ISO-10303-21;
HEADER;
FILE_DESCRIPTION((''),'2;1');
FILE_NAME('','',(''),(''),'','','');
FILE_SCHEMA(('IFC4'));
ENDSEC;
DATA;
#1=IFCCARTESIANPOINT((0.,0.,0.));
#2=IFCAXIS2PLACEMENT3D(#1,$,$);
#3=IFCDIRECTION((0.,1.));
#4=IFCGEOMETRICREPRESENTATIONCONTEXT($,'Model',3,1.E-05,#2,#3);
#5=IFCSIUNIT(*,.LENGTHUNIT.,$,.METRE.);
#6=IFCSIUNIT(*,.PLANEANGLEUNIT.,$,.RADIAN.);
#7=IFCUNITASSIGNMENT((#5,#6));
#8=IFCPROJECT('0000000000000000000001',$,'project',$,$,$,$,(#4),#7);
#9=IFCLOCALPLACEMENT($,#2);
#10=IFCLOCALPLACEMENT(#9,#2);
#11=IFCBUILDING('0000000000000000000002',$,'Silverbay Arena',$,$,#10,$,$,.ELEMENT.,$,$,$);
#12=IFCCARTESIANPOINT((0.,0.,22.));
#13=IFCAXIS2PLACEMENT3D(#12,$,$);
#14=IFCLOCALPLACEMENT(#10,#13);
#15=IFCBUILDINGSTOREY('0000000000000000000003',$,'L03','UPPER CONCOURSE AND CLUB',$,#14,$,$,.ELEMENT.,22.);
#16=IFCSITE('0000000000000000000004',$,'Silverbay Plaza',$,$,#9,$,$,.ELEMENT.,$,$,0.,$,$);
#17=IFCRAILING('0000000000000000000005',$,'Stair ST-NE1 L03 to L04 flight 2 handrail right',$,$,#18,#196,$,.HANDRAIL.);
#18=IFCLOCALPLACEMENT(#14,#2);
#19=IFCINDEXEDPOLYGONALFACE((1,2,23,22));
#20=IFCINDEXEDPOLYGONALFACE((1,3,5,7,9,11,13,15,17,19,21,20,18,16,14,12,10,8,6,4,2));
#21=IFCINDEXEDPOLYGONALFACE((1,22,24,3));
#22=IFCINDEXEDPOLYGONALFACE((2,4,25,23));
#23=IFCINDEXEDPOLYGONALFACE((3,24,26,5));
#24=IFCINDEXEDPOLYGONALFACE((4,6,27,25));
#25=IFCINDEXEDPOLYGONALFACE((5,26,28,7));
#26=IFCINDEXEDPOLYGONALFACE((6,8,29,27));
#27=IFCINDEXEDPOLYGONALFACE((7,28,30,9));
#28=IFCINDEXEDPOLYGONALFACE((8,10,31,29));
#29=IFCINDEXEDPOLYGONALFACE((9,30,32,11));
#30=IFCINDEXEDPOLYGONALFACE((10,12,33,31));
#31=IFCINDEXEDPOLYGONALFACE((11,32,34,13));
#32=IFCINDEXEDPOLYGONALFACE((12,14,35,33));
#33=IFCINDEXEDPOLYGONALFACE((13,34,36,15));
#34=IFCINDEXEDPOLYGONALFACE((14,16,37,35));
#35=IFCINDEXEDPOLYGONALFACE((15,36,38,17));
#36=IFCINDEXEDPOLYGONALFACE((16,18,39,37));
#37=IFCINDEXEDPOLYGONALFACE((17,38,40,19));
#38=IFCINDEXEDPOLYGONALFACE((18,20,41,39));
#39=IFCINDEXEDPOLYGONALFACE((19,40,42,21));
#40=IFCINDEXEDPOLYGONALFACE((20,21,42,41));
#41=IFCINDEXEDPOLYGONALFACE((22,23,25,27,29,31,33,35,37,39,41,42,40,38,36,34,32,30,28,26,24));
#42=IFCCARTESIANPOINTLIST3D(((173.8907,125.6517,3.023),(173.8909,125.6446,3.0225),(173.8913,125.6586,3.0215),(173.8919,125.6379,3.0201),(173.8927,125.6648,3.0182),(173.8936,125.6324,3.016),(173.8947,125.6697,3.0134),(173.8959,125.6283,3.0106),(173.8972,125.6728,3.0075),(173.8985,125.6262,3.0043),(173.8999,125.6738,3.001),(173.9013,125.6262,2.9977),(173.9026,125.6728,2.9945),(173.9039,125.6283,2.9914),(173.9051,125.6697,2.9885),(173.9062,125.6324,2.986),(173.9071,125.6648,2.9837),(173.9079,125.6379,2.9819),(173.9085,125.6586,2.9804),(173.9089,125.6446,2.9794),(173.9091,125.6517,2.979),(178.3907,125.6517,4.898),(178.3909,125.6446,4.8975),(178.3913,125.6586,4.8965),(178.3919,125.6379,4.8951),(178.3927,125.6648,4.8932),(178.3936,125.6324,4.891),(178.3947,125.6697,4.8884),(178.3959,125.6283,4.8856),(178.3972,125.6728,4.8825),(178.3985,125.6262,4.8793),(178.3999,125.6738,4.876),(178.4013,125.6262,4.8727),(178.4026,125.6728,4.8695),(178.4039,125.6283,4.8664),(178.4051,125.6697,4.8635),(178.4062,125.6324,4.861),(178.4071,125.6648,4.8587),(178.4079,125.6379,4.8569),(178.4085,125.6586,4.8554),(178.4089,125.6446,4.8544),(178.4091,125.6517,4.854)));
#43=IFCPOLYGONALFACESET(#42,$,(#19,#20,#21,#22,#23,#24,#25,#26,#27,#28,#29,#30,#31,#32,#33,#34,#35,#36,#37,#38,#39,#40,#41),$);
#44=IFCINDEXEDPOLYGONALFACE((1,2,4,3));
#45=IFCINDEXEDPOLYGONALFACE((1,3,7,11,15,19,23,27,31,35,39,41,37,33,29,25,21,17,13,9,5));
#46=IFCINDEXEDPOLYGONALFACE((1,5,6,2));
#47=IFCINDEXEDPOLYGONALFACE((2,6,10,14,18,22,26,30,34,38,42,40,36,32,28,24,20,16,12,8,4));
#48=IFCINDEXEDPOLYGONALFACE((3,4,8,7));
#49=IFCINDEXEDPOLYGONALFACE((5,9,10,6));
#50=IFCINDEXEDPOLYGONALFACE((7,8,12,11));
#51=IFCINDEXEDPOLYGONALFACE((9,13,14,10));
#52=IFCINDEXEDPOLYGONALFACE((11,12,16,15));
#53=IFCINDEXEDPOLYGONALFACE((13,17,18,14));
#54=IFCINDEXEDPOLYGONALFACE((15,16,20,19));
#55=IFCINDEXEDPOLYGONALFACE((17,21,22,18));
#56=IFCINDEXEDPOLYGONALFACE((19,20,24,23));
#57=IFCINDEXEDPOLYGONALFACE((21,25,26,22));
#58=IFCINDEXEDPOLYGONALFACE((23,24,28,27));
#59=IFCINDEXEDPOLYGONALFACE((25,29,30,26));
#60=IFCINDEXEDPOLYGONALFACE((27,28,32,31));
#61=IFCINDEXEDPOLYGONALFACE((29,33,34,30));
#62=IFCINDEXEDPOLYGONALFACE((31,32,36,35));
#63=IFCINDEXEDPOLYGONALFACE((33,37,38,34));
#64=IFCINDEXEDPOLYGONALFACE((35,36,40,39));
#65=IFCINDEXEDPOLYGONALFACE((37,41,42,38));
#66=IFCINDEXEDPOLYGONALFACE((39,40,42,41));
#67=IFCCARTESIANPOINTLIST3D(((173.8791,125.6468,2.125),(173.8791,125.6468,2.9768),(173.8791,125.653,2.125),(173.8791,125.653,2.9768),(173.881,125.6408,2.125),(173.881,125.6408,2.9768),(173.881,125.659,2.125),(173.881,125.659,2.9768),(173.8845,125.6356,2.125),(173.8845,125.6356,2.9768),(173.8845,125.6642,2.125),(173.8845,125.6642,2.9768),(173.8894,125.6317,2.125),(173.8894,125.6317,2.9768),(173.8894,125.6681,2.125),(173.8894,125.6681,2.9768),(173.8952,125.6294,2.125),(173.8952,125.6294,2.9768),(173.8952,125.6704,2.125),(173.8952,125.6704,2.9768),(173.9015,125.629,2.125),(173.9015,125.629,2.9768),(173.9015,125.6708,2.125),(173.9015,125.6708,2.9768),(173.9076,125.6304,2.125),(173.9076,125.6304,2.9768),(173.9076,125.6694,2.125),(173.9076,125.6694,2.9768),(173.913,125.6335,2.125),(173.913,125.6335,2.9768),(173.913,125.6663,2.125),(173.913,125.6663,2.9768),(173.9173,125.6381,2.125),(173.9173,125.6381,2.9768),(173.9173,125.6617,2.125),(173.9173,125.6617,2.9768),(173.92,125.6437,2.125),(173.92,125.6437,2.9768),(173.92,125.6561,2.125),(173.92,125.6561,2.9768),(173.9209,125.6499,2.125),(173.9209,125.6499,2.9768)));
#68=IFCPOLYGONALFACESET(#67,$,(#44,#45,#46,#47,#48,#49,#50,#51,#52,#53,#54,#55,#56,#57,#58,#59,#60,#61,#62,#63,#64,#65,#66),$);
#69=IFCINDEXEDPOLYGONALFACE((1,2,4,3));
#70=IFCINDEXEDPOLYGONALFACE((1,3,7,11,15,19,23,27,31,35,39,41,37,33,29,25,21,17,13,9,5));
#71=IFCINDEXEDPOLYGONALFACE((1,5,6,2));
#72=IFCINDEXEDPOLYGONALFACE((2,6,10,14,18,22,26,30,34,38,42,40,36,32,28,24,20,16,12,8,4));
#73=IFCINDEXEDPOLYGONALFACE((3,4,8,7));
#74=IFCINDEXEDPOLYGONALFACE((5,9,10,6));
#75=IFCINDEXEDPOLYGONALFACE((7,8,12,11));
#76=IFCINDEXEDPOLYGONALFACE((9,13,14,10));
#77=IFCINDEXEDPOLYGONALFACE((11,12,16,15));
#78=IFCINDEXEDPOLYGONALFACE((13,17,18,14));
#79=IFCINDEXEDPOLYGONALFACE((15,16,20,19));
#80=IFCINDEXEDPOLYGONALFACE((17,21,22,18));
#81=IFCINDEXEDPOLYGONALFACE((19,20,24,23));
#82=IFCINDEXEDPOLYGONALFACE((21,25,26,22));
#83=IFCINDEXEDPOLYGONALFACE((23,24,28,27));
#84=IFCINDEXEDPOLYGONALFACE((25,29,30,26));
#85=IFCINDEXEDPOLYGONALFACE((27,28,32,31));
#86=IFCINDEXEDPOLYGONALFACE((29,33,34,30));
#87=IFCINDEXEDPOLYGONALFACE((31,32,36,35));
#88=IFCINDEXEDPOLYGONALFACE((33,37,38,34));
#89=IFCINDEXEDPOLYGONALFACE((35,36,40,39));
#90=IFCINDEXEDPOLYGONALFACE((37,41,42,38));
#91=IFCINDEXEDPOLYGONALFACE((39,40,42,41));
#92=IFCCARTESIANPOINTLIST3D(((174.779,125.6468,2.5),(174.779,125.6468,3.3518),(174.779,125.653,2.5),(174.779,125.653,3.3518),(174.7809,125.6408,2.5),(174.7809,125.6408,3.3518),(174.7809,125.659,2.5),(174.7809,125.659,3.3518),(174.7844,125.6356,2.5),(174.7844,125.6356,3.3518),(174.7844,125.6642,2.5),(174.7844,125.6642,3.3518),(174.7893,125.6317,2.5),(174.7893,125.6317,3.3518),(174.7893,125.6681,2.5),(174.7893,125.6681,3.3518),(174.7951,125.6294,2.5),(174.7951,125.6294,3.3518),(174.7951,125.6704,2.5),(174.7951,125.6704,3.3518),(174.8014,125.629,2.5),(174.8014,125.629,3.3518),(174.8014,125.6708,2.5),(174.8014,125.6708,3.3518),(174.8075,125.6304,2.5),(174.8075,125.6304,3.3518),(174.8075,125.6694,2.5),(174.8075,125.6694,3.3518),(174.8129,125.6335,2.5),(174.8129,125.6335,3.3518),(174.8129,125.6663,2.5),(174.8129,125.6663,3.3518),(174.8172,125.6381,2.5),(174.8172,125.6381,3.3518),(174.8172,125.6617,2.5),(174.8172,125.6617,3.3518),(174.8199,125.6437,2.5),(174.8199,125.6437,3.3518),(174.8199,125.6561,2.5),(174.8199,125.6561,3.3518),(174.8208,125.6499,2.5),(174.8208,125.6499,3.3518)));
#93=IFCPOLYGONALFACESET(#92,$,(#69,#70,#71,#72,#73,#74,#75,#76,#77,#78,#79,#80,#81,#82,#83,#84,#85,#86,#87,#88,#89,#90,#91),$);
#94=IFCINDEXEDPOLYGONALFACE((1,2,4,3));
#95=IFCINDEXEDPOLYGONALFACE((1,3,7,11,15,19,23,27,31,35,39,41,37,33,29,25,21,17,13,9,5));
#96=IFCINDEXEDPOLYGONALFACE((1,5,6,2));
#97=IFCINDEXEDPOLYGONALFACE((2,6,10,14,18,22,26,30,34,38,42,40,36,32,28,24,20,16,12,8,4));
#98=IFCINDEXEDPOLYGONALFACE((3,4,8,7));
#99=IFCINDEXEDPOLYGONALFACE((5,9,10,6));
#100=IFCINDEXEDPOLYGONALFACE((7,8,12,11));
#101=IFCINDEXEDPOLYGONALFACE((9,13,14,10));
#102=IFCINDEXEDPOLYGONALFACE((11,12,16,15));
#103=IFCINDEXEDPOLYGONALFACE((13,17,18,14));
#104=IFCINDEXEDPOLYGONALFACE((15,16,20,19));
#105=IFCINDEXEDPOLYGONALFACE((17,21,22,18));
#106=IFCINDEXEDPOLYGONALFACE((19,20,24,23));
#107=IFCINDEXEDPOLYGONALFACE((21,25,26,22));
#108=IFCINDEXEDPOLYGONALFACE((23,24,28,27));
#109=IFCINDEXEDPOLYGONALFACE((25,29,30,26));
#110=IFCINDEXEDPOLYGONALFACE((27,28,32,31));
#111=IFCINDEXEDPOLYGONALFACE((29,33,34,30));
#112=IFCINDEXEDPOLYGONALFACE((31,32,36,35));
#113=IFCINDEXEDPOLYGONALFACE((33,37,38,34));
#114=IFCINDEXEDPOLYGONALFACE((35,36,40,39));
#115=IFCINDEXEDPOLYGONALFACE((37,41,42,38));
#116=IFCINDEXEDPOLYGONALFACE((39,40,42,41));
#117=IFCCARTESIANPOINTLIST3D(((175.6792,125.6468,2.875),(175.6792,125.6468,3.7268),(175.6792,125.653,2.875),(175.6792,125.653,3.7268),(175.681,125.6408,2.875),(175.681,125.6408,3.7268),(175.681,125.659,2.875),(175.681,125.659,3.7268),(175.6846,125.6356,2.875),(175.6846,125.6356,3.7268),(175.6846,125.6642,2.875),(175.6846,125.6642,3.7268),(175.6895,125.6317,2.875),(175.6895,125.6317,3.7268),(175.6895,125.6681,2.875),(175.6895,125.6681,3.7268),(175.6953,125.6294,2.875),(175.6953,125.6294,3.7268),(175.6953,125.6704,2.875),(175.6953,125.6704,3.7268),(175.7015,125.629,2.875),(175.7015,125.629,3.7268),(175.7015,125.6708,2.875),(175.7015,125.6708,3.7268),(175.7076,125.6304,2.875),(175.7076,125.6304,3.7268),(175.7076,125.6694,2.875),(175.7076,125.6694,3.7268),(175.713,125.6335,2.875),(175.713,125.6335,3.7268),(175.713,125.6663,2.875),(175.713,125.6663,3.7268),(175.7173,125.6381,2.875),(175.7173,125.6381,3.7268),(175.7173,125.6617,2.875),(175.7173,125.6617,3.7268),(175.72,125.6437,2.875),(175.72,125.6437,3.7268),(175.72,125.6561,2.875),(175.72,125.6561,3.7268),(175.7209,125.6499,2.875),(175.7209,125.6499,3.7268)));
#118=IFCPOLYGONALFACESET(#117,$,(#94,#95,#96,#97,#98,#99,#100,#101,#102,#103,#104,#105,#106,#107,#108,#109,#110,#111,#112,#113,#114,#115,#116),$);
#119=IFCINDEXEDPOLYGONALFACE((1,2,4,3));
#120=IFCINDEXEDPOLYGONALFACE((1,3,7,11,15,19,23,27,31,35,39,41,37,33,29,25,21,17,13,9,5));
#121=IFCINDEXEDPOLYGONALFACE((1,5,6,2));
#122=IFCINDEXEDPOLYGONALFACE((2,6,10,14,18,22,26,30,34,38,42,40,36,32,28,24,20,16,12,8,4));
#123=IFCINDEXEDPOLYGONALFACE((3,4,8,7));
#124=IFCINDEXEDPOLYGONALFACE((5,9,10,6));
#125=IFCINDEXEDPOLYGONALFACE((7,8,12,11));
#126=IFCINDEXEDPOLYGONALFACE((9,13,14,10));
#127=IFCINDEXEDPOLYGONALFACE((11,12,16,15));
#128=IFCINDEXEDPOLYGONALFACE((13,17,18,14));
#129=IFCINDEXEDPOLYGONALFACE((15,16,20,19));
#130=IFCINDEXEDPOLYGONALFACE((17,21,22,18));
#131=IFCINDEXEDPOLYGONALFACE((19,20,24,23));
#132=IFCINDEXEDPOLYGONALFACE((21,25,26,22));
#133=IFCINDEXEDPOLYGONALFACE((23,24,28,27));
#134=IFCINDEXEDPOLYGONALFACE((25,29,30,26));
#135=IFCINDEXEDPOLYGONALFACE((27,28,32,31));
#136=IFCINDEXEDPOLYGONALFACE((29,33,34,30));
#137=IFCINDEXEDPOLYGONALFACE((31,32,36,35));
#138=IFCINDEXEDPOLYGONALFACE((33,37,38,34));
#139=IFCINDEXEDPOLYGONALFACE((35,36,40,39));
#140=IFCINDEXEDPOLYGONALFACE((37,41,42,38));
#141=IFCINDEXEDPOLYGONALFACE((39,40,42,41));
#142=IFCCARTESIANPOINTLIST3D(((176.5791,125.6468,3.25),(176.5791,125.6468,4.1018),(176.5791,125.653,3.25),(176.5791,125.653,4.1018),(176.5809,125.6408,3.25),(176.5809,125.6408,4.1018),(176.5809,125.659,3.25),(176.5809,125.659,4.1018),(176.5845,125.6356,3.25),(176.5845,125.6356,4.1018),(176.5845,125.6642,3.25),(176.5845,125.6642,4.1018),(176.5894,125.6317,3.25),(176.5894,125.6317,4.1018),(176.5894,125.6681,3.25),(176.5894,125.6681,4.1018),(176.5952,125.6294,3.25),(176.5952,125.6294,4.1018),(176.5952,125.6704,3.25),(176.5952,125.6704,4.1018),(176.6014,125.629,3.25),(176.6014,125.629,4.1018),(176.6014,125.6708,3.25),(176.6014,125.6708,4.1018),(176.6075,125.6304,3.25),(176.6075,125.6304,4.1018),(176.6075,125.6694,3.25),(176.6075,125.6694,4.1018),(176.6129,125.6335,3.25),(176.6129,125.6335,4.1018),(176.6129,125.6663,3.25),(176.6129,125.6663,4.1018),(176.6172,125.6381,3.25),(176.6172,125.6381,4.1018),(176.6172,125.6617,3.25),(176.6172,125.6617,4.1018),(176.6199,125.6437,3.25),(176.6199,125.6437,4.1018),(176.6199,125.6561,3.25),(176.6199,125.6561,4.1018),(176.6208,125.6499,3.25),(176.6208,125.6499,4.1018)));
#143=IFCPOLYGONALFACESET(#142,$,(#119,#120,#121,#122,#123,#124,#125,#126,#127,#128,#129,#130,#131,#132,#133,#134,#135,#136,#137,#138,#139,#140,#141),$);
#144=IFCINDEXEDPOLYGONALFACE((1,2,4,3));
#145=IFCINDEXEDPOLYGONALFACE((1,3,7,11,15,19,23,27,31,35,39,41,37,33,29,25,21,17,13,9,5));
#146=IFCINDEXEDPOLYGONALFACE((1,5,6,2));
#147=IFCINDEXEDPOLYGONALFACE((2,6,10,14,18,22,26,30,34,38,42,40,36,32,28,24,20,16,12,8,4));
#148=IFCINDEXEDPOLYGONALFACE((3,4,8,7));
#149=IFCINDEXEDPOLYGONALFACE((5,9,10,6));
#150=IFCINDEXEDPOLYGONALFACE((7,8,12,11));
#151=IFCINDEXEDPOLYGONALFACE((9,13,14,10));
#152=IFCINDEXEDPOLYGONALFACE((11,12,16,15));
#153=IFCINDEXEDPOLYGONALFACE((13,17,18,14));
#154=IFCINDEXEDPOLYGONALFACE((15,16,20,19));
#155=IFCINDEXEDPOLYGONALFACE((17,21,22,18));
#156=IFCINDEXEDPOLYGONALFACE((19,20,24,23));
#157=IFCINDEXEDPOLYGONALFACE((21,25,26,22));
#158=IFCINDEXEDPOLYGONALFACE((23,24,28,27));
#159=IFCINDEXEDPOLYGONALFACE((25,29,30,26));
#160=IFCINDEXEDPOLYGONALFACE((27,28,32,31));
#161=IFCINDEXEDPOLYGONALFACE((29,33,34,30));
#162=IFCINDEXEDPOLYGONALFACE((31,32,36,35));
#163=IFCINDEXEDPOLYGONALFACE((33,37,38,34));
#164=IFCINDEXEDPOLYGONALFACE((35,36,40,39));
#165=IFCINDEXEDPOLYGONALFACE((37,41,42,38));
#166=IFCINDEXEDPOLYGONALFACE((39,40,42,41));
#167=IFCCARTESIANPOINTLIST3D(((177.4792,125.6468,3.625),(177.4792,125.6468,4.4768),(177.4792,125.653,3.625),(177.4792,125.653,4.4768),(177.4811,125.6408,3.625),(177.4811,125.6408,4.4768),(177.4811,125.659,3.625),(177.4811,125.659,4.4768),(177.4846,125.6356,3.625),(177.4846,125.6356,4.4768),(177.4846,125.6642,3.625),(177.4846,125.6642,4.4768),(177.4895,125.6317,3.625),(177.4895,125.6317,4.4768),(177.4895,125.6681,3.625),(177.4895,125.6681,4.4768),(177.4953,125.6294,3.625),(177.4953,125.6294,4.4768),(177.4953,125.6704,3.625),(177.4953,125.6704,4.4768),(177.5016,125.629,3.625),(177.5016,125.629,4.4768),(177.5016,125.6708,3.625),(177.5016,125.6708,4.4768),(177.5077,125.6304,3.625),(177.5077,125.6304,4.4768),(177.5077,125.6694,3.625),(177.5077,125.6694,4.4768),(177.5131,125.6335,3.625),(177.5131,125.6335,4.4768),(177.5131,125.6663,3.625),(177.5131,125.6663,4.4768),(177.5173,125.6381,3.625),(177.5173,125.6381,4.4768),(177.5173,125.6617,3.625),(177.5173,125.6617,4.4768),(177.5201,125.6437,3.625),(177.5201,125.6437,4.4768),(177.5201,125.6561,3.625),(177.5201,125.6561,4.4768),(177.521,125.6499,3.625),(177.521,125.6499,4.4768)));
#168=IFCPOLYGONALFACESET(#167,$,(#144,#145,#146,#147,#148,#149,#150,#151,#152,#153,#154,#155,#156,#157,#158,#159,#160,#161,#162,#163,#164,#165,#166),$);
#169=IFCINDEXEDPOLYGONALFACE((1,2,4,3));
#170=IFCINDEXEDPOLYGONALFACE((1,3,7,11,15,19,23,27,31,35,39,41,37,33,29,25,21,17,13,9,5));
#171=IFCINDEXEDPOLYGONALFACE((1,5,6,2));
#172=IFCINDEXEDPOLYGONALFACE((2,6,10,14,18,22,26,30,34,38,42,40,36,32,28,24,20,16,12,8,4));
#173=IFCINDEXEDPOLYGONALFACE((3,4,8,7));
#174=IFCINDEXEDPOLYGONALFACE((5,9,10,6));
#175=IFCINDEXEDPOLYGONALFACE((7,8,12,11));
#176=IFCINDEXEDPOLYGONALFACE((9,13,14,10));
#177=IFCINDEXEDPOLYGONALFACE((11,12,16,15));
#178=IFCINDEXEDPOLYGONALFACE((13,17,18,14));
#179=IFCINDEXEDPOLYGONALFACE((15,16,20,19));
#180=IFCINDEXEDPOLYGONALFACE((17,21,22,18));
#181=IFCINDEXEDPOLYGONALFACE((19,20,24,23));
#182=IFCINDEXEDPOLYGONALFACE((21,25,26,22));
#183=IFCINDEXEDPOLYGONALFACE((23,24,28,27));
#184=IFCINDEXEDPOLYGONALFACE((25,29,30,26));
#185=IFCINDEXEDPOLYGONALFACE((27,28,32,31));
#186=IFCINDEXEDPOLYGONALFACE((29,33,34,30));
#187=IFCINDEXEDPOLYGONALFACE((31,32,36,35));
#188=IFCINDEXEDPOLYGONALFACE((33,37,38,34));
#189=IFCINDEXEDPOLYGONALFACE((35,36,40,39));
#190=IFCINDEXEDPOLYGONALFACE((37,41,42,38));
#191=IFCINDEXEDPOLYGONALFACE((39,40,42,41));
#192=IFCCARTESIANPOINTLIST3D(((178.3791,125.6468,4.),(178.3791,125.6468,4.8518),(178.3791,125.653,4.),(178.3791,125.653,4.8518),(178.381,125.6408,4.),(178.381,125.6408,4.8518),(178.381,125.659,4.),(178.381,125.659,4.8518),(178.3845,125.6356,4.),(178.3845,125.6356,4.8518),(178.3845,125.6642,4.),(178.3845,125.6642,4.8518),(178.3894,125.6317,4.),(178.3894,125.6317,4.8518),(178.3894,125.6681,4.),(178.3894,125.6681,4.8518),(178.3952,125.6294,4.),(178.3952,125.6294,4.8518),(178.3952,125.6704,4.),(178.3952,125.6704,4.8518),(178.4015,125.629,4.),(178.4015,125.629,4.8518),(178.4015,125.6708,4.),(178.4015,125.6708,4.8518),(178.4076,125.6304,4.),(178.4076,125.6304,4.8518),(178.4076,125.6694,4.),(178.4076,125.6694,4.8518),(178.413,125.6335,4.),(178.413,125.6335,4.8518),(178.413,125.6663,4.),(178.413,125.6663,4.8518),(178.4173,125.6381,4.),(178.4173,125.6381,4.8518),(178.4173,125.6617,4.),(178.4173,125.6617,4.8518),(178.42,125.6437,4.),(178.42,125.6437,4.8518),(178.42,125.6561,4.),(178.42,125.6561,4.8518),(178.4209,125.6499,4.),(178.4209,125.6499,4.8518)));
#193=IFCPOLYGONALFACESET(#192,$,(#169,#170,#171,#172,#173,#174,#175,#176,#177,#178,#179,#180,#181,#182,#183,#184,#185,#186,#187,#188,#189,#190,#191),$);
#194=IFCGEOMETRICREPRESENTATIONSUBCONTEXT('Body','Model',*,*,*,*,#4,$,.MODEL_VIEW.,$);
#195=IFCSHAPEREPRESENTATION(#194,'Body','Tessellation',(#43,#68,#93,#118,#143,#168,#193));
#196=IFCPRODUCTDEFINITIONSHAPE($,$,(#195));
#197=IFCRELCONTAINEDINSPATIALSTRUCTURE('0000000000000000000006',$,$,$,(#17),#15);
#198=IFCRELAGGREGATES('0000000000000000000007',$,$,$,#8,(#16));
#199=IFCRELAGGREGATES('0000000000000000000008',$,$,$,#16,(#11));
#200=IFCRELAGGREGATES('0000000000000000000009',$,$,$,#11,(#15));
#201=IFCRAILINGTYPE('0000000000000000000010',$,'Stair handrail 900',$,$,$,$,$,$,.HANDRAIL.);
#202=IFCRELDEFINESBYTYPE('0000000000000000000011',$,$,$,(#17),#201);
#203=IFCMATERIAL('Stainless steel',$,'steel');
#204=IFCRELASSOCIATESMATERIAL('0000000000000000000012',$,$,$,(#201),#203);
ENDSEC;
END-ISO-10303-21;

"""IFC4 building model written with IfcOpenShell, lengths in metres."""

from ifc_helpers import new_model, si_unit, direction, frame, origin, origin_2d, place, context, subcontext, project, spatial, circle, extrude, material, type_object, element, save


model = new_model("IFC4")

# Units and contexts
model_context = context("Model", 3, precision=1e-05, world=origin(), true_north=direction((0.0, 1.0)))
body_context = subcontext(model_context, "Body", "Model", "MODEL_VIEW")
ifc_project = project(units=[si_unit("LENGTHUNIT", "METRE"), si_unit("PLANEANGLEUNIT", "RADIAN")], contexts=[model_context])

# Site, building, storey
site_placement = place(None, origin())
site = spatial("IfcSite", under=ifc_project, at=site_placement, Name="Silverbay Plaza", CompositionType="ELEMENT", RefElevation=0.0)
building_placement = place(site_placement, origin())
building = spatial("IfcBuilding", under=site, at=building_placement, Name="Silverbay Arena", CompositionType="ELEMENT")
storey_placement = place(building_placement, frame((0.0, 0.0, 22.0)))
storey = spatial("IfcBuildingStorey", under=building, at=storey_placement, Name="L03", Description="UPPER CONCOURSE AND CLUB", CompositionType="ELEMENT", Elevation=22.0)

# Railing
ifc_material_1 = material(Name="Stainless steel", Category="steel")
railing_type_1 = type_object("IfcRailingType", Name="Stair handrail 900", PredefinedType="HANDRAIL", material=ifc_material_1)
for number, where, name in (
    (1, (173.8999, 125.6499, 2.125), "Stair ST-NE1 L03 to L04 flight 2 handrail right"),
):
    element("IfcRailing", number, at=place(storey_placement, frame(where)), inside=storey, type_object=railing_type_1, Name=name, PredefinedType="HANDRAIL", context=body_context, shape_type="SweptSolid", body=[
        extrude(circle(Radius=0.0239, at=origin_2d()), frame((0.0, 0.0, 0.876), z_axis=(0.923077, 0.0, 0.384615), x_axis=(0.0, 1.0, 0.0)), (0.0, 0.0, 1.0), 4.875),
        extrude(circle(Radius=0.021, at=origin_2d()), origin(), (0.0, 0.0, 1.0), 0.8518),
        extrude(circle(Radius=0.021, at=origin_2d()), frame((0.8999, 0.0, 0.375)), (0.0, 0.0, 1.0), 0.8518),
        extrude(circle(Radius=0.021, at=origin_2d()), frame((1.8, 0.0, 0.75)), (0.0, 0.0, 1.0), 0.8518),
        extrude(circle(Radius=0.021, at=origin_2d()), frame((2.7, 0.0, 1.125)), (0.0, 0.0, 1.0), 0.8518),
        extrude(circle(Radius=0.021, at=origin_2d()), frame((3.6001, 0.0, 1.5)), (0.0, 0.0, 1.0), 0.8518),
        extrude(circle(Radius=0.021, at=origin_2d()), frame((4.5, 0.0, 1.875)), (0.0, 0.0, 1.0), 0.8518),
    ])

save(model, "model.ifc")
